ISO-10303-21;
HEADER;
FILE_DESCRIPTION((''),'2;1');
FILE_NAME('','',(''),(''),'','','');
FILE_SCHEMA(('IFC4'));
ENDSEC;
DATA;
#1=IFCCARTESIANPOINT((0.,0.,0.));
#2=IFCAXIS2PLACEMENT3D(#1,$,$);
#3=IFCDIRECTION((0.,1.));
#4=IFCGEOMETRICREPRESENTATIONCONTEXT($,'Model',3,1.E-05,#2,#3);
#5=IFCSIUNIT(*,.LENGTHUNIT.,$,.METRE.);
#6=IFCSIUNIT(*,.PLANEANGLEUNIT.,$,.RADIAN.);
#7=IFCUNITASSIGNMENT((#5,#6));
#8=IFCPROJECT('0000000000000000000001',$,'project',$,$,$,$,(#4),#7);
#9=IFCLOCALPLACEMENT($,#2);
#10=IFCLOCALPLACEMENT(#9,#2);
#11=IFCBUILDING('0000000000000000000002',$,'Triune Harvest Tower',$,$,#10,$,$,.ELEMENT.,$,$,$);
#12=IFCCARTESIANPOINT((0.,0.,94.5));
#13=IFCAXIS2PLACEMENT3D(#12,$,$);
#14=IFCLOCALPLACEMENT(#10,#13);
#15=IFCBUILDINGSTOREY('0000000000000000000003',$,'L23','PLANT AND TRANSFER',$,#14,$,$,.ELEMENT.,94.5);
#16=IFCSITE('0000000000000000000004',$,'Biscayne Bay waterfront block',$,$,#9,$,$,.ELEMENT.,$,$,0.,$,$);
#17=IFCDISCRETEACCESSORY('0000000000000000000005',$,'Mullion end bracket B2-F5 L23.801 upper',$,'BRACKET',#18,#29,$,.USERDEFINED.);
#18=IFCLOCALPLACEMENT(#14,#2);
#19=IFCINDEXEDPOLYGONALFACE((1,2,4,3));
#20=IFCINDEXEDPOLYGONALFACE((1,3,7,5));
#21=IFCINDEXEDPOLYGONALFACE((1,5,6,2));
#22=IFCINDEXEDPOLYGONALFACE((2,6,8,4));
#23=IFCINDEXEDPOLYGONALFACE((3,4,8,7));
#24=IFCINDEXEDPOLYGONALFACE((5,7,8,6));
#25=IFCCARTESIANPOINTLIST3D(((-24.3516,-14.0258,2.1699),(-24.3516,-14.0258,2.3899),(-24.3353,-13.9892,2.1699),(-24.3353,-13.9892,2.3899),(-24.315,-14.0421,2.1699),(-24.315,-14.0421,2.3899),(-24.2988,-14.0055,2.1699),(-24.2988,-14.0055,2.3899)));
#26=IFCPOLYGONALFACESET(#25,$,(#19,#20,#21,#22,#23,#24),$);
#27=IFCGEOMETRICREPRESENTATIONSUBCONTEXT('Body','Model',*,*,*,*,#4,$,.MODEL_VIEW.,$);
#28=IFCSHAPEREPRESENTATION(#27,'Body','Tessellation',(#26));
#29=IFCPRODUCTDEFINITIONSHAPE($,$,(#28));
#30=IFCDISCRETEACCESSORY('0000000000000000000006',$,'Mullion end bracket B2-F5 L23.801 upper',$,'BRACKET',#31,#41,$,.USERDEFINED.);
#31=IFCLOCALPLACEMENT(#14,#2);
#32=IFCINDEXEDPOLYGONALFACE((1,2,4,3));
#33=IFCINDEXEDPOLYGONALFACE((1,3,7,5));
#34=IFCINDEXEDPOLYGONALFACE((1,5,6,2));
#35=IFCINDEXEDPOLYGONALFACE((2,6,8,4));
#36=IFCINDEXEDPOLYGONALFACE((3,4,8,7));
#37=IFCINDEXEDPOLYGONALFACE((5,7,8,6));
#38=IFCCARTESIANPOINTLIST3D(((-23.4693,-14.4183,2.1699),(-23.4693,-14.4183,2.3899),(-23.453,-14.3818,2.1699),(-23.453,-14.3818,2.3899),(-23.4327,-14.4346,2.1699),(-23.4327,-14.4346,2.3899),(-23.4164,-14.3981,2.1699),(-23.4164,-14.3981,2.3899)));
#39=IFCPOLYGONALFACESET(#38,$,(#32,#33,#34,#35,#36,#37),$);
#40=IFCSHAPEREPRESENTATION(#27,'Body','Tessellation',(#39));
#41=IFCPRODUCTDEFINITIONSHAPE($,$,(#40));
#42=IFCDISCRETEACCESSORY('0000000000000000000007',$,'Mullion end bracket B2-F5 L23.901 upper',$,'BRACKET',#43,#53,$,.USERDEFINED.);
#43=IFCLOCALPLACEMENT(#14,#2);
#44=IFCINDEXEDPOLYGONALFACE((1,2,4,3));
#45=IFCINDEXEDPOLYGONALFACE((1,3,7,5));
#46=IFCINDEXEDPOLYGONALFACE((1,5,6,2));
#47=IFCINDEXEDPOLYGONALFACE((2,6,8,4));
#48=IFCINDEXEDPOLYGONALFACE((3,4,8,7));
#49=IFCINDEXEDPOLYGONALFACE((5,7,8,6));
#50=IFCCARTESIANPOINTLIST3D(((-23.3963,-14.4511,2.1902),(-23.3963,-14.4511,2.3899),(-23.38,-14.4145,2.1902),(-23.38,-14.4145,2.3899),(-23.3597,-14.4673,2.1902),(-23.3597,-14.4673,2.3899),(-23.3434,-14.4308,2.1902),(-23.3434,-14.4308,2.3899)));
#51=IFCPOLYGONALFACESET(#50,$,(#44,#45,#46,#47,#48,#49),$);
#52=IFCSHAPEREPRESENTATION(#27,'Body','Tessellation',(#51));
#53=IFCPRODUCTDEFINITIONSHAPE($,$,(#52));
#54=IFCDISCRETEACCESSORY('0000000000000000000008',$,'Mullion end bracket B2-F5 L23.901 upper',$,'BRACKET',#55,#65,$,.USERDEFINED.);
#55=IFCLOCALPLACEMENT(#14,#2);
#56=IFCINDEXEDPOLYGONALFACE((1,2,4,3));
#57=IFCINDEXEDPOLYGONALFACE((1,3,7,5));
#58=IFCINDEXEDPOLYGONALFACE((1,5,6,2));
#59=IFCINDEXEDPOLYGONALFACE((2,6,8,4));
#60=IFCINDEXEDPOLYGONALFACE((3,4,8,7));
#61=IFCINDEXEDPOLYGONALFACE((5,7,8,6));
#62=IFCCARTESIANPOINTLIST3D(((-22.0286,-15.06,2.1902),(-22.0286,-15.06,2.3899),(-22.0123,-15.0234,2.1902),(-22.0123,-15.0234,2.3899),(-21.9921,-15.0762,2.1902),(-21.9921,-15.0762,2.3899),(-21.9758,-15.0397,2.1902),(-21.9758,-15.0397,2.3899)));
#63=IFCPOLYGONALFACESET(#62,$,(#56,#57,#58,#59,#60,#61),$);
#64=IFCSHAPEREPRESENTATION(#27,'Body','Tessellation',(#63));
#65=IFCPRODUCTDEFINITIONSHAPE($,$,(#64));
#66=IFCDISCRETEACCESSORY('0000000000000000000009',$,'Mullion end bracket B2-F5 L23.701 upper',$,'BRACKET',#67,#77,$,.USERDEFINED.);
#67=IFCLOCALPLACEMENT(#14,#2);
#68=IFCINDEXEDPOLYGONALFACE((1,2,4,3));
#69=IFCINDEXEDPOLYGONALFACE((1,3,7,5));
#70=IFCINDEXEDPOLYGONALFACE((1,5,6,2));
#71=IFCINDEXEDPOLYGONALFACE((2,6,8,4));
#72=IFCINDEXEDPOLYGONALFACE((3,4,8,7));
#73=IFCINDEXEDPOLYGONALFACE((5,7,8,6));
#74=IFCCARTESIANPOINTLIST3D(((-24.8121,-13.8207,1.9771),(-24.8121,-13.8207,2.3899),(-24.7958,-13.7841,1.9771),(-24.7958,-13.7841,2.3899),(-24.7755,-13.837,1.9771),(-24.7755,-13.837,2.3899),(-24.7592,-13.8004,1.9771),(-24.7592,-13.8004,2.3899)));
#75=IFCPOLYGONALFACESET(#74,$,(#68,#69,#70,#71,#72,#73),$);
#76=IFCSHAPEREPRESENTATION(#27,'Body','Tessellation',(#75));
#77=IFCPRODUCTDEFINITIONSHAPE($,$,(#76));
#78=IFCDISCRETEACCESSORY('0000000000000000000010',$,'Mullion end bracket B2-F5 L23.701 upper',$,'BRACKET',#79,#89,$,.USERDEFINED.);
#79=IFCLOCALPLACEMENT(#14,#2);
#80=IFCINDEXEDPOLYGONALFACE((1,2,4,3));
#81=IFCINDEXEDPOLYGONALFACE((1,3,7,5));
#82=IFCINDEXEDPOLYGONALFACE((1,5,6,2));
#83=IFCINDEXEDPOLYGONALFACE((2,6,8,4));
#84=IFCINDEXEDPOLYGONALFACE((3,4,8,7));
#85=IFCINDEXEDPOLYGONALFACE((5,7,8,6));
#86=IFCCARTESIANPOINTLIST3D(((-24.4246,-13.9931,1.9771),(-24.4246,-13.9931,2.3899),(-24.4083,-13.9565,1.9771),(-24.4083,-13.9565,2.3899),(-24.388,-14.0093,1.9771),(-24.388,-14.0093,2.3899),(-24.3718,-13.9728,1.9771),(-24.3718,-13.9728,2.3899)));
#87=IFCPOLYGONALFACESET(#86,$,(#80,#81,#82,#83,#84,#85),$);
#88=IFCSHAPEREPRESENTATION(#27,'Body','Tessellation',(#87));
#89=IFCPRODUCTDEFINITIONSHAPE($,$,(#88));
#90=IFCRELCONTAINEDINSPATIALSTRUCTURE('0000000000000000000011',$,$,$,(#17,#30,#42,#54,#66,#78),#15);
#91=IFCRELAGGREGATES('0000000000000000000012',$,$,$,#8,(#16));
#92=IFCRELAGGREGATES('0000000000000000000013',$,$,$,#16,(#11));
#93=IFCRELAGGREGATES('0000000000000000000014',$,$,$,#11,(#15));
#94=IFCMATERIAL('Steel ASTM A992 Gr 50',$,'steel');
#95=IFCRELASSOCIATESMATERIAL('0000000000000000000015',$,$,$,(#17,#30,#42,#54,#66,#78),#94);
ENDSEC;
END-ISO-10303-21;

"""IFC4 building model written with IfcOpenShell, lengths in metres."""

from ifc_helpers import new_model, si_unit, direction, frame, origin, origin_2d, place, context, subcontext, project, spatial, rectangle, extrude, source, transform, mapped, material, element, save


model = new_model("IFC4")

# Units and contexts
model_context = context("Model", 3, precision=1e-05, world=origin(), true_north=direction((0.0, 1.0)))
body_context = subcontext(model_context, "Body", "Model", "MODEL_VIEW")
ifc_project = project(units=[si_unit("LENGTHUNIT", "METRE"), si_unit("PLANEANGLEUNIT", "RADIAN")], contexts=[model_context])

# Site, building, storey
site_placement = place(None, origin())
site = spatial("IfcSite", under=ifc_project, at=site_placement, Name="Biscayne Bay waterfront block", CompositionType="ELEMENT", RefElevation=0.0)
building_placement = place(site_placement, origin())
building = spatial("IfcBuilding", under=site, at=building_placement, Name="Triune Harvest Tower", CompositionType="ELEMENT")
storey_placement = place(building_placement, frame((0.0, 0.0, 94.5)))
storey = spatial("IfcBuildingStorey", under=building, at=storey_placement, Name="L23", Description="PLANT AND TRANSFER", CompositionType="ELEMENT", Elevation=94.5)

# Discrete accessories
ifc_material_1 = material(Name="Steel ASTM A992 Gr 50", Category="steel")
shared_shape_1 = source(origin(), body_context, "Body", "SweptSolid", [
    extrude(rectangle(XDim=0.04, YDim=0.04, at=origin_2d()), origin(), (0.0, 0.0, 1.0), 0.22),
])
for number, where, z_axis, x_axis, name in (
    (1, (-24.3252, -14.0156, 2.1699), (0.0, 0.0, 1.0), (0.913555, -0.406716, 0.0), "Mullion end bracket B2-F5 L23.801 upper"),
    (2, (-23.4429, -14.4082, 2.1699), (0.0, 0.0, 1.0), (0.913555, -0.406716, 0.0), "Mullion end bracket B2-F5 L23.801 upper"),
):
    element("IfcDiscreteAccessory", number, at=place(storey_placement, frame(where, z_axis=z_axis, x_axis=x_axis)), inside=storey, material=ifc_material_1, Name=name, ObjectType="BRACKET", PredefinedType="USERDEFINED", context=body_context, shape_type="MappedRepresentation", body=[
        mapped(shared_shape_1, transform((0.0, 0.0, 0.0), scale=1.0)),
    ])
shared_shape_2 = source(origin(), body_context, "Body", "SweptSolid", [
    extrude(rectangle(XDim=0.04, YDim=0.04, at=origin_2d()), origin(), (0.0, 0.0, 1.0), 0.1997),
])
for number, where, z_axis, x_axis, name in (
    (3, (-23.3699, -14.4409, 2.1902), (0.0, 0.0, 1.0), (0.913542, -0.406745, 0.0), "Mullion end bracket B2-F5 L23.901 upper"),
    (4, (-22.0022, -15.0498, 2.1902), (0.0, 0.0, 1.0), (0.913542, -0.406745, 0.0), "Mullion end bracket B2-F5 L23.901 upper"),
):
    element("IfcDiscreteAccessory", number, at=place(storey_placement, frame(where, z_axis=z_axis, x_axis=x_axis)), inside=storey, material=ifc_material_1, Name=name, ObjectType="BRACKET", PredefinedType="USERDEFINED", context=body_context, shape_type="MappedRepresentation", body=[
        mapped(shared_shape_2, transform((0.0, 0.0, 0.0), scale=1.0)),
    ])
shared_shape_3 = source(origin(), body_context, "Body", "SweptSolid", [
    extrude(rectangle(XDim=0.04, YDim=0.04, at=origin_2d()), origin(), (0.0, 0.0, 1.0), 0.4128),
])
for number, where, z_axis, x_axis, name in (
    (5, (-24.7856, -13.8105, 1.9771), (0.0, 0.0, 1.0), (0.913533, -0.406764, 0.0), "Mullion end bracket B2-F5 L23.701 upper"),
    (6, (-24.3982, -13.9829, 1.9771), (0.0, 0.0, 1.0), (0.913533, -0.406764, 0.0), "Mullion end bracket B2-F5 L23.701 upper"),
):
    element("IfcDiscreteAccessory", number, at=place(storey_placement, frame(where, z_axis=z_axis, x_axis=x_axis)), inside=storey, material=ifc_material_1, Name=name, ObjectType="BRACKET", PredefinedType="USERDEFINED", context=body_context, shape_type="MappedRepresentation", body=[
        mapped(shared_shape_3, transform((0.0, 0.0, 0.0), scale=1.0)),
    ])

save(model, "model.ifc")
